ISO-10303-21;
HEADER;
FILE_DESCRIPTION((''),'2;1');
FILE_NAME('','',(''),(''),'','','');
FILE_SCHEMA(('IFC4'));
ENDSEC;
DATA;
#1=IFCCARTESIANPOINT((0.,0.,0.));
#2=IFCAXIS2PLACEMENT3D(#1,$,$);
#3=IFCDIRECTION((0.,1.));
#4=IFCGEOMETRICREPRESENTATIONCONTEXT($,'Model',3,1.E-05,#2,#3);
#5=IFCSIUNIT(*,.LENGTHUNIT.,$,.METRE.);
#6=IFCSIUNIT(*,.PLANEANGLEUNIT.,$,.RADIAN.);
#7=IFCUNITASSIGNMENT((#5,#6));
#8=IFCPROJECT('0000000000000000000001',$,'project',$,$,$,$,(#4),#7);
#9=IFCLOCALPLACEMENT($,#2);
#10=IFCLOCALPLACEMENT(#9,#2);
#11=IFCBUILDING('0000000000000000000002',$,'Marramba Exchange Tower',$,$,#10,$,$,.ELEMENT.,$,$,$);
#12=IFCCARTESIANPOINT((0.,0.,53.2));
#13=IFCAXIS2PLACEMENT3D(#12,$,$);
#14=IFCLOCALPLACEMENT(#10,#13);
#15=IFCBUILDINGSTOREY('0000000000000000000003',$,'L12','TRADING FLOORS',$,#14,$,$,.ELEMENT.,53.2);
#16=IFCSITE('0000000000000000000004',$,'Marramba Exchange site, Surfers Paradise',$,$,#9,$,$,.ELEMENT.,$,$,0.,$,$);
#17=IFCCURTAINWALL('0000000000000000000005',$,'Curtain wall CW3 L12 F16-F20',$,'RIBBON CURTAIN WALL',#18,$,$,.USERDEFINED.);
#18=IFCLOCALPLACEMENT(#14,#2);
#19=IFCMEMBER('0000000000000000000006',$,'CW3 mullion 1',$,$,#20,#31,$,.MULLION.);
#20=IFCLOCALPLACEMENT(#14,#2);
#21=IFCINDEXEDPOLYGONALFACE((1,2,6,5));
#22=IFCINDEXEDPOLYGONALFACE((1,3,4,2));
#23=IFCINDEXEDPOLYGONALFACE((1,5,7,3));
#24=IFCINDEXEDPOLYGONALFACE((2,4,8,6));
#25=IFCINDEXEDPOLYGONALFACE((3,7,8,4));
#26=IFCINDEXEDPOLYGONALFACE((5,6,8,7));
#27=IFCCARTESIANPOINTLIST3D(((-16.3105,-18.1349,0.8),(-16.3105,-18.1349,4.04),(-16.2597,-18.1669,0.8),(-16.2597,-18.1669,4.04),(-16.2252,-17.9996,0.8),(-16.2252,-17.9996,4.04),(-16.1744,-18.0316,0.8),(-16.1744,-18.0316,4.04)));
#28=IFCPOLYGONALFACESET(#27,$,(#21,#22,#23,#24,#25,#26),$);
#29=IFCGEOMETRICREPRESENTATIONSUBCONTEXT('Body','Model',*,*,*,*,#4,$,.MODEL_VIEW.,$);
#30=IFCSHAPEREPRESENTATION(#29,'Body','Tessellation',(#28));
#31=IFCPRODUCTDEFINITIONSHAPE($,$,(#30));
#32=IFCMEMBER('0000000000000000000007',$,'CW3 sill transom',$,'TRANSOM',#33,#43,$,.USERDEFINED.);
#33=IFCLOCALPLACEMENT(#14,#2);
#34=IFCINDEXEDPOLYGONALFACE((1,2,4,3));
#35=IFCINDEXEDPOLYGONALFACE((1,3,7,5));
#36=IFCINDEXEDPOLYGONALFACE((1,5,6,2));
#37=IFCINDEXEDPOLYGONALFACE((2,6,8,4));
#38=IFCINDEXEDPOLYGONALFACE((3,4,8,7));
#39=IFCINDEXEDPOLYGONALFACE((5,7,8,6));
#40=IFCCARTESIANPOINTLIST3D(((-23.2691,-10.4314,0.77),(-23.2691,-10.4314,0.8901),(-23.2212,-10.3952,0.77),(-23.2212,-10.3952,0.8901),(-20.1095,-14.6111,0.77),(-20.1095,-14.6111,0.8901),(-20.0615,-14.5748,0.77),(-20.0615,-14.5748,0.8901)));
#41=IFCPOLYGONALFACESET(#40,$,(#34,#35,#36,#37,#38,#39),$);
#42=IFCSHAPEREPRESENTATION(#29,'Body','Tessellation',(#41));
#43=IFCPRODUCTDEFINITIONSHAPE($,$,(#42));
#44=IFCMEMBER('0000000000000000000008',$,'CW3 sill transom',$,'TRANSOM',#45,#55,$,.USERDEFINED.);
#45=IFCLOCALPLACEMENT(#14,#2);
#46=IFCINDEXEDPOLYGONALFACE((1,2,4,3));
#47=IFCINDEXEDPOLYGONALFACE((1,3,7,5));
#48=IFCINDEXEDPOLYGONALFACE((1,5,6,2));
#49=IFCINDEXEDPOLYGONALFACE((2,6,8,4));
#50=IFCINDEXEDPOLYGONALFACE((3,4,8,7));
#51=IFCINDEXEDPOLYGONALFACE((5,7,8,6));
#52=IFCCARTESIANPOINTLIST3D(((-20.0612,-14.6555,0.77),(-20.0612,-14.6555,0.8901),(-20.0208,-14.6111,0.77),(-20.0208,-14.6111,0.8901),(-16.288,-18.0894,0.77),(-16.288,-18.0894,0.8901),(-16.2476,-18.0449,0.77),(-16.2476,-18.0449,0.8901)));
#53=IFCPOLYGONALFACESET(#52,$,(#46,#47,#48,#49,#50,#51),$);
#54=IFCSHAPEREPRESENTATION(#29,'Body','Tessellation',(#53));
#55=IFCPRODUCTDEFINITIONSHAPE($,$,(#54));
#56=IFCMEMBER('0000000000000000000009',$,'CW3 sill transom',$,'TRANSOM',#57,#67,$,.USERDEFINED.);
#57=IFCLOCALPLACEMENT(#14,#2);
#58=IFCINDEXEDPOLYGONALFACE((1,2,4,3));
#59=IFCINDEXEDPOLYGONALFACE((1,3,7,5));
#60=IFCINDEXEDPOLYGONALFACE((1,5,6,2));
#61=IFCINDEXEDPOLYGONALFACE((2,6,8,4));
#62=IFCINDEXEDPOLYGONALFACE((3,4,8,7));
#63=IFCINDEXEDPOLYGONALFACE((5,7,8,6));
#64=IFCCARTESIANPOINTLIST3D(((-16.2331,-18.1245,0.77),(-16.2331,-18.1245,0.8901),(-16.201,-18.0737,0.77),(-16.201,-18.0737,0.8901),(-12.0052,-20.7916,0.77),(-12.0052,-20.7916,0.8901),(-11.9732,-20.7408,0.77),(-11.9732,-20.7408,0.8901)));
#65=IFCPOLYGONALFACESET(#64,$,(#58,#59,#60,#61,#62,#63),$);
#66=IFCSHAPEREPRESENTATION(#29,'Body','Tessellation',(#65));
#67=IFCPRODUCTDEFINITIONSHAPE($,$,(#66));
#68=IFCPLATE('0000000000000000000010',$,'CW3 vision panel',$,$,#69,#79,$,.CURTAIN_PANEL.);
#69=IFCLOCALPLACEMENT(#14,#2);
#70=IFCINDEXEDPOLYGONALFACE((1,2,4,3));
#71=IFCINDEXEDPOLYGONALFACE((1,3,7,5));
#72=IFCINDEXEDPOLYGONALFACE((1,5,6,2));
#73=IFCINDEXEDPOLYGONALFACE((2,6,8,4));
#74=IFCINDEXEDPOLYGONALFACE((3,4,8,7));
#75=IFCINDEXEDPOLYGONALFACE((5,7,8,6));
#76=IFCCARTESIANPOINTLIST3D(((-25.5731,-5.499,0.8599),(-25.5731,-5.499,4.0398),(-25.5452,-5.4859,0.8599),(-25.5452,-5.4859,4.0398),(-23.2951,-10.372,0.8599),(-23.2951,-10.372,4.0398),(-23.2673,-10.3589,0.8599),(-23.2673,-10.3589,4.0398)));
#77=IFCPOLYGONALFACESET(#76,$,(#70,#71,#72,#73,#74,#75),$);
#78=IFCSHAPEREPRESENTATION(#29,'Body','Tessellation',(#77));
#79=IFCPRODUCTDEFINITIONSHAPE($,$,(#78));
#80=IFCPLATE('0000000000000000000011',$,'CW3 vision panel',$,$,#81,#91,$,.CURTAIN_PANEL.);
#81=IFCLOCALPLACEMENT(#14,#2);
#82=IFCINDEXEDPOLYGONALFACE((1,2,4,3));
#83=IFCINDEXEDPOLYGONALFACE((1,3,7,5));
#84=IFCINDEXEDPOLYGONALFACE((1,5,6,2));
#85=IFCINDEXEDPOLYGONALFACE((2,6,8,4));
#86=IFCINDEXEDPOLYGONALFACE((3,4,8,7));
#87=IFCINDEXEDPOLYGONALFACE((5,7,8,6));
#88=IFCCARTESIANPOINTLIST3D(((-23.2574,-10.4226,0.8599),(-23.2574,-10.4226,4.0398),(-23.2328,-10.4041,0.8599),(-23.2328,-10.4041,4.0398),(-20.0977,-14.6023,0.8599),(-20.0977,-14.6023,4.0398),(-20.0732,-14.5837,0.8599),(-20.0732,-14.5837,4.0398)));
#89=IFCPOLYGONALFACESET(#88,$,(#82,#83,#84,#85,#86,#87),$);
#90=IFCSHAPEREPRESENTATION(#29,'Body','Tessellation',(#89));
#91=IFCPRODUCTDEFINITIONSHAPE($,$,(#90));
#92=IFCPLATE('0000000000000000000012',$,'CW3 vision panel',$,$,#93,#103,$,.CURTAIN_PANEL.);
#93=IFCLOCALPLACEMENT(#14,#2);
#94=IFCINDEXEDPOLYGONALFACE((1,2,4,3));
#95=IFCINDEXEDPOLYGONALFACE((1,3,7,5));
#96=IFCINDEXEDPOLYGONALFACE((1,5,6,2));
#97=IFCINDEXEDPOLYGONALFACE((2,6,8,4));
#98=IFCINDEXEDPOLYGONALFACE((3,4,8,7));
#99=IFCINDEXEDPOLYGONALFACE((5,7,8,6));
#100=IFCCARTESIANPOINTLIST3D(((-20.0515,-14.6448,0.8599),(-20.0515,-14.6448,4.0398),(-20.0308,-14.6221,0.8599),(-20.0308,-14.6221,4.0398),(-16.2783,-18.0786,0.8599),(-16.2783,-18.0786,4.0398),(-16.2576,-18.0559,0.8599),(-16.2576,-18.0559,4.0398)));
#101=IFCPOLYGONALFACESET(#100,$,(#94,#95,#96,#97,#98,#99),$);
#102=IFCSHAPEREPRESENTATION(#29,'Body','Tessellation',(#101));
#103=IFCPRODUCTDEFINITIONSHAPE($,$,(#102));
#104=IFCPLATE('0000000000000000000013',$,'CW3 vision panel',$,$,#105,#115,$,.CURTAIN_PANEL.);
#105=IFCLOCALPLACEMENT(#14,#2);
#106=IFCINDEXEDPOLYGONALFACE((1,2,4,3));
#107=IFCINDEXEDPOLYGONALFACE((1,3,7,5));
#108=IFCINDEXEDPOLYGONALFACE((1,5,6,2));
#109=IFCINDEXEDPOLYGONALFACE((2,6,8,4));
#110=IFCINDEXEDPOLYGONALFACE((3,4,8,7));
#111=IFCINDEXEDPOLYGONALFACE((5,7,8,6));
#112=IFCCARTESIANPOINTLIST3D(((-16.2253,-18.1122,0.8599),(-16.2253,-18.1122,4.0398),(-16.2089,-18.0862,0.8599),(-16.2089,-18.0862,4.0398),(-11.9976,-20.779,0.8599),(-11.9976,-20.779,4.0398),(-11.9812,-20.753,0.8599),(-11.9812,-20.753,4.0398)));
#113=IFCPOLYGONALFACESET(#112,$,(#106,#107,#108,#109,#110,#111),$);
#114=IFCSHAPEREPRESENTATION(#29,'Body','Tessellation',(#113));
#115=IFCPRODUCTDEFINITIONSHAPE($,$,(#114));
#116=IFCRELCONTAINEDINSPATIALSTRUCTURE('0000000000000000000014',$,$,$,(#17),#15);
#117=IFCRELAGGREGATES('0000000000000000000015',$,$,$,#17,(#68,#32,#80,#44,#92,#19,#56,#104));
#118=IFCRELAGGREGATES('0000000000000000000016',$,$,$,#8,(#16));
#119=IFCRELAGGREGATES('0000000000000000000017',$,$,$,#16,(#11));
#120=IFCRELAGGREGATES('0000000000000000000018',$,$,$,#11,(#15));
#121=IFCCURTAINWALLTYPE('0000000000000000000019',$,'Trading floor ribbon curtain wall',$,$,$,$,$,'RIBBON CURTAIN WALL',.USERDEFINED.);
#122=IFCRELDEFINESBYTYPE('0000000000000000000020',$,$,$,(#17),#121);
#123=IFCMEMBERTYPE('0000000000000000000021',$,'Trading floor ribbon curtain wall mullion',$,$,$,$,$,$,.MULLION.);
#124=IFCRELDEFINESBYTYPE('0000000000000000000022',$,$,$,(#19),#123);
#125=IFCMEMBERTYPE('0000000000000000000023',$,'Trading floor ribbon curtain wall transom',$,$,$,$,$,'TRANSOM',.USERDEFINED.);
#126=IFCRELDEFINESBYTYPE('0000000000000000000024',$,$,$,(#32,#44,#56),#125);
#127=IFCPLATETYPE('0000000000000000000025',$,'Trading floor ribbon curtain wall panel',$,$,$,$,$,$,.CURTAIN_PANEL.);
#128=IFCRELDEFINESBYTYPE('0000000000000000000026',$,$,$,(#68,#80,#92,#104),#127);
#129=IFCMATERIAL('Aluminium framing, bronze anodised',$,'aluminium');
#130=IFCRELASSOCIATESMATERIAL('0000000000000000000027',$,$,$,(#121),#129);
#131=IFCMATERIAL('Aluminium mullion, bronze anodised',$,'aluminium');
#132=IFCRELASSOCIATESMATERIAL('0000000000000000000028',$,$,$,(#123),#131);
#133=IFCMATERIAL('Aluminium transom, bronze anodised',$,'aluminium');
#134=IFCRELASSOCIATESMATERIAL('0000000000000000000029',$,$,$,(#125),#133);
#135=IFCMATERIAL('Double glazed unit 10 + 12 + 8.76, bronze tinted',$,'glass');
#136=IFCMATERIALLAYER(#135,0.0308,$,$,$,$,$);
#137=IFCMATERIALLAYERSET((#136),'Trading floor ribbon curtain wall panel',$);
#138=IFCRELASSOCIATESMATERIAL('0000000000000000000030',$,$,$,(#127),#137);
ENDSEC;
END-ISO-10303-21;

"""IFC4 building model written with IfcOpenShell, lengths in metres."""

from ifc_helpers import new_model, si_unit, direction, frame, origin, origin_2d, place, context, subcontext, project, spatial, rectangle, extrude, material, layer, layer_set, material_profile, profile_set, type_object, element, aggregate, save


model = new_model("IFC4")

# Units and contexts
model_context = context("Model", 3, precision=1e-05, world=origin(), true_north=direction((0.0, 1.0)))
body_context = subcontext(model_context, "Body", "Model", "MODEL_VIEW")
ifc_project = project(units=[si_unit("LENGTHUNIT", "METRE"), si_unit("PLANEANGLEUNIT", "RADIAN")], contexts=[model_context])

# Site, building, storey
site_placement = place(None, origin())
site = spatial("IfcSite", under=ifc_project, at=site_placement, Name="Marramba Exchange site, Surfers Paradise", CompositionType="ELEMENT", RefElevation=0.0)
building_placement = place(site_placement, origin())
building = spatial("IfcBuilding", under=site, at=building_placement, Name="Marramba Exchange Tower", CompositionType="ELEMENT")
storey_placement = place(building_placement, frame((0.0, 0.0, 53.2)))
storey = spatial("IfcBuildingStorey", under=building, at=storey_placement, Name="L12", Description="TRADING FLOORS", CompositionType="ELEMENT", Elevation=53.2)

# Curtain wall, members, plates
ifc_material_1 = material(Name="Aluminium framing, bronze anodised", Category="aluminium")
curtain_wall_type = type_object("IfcCurtainWallType", Name="Trading floor ribbon curtain wall", ElementType="RIBBON CURTAIN WALL", PredefinedType="USERDEFINED", material=ifc_material_1)
curtain_wall_placement = place(storey_placement, origin())
curtain_wall = element("IfcCurtainWall", 1, at=curtain_wall_placement, inside=storey, type_object=curtain_wall_type, Name="Curtain wall CW3 L12 F16-F20", ObjectType="RIBBON CURTAIN WALL", PredefinedType="USERDEFINED")
ifc_material_2 = material(Name="Aluminium mullion, bronze anodised", Category="aluminium")
ifc_material_profile_1 = material_profile(ifc_material_2, rectangle(XDim=0.1599, YDim=0.0601, at=origin_2d()), Name="CW3 mullion 60x160")
ifc_profile_set_1 = profile_set([ifc_material_profile_1], Name="Aluminium mullion, bronze anodised")
member_type_1 = type_object("IfcMemberType", Name="Trading floor ribbon curtain wall mullion", PredefinedType="MULLION", material=ifc_profile_set_1)
member_1_placement = place(storey_placement, frame((-16.2424, -18.0833, 0.8), z_axis=(0.0, 0.0, 1.0), x_axis=(0.533515, 0.845791, 0.0)))
member_1 = element("IfcMember", 2, at=member_1_placement, type_object=member_type_1, Name="CW3 mullion 1", PredefinedType="MULLION", context=body_context, shape_type="SweptSolid", body=[
    extrude(rectangle(XDim=0.1599, YDim=0.0601, at=origin_2d()), origin(), (0.0, 0.0, 1.0), 3.24),
])
ifc_material_3 = material(Name="Aluminium transom, bronze anodised", Category="aluminium")
ifc_material_profile_2 = material_profile(ifc_material_3, rectangle(XDim=0.0601, YDim=0.1201, at=origin_2d()), Name="CW3 transom 60x120")
ifc_profile_set_2 = profile_set([ifc_material_profile_2], Name="Aluminium transom, bronze anodised")
member_type_2 = type_object("IfcMemberType", Name="Trading floor ribbon curtain wall transom", ElementType="TRANSOM", PredefinedType="USERDEFINED", material=ifc_profile_set_2)
member_2_placement = place(storey_placement, frame((-23.2451, -10.4133, 0.8301), z_axis=(0.603037, -0.797713, 0.0), x_axis=(0.797713, 0.603037, 0.0)))
member_2 = element("IfcMember", 3, at=member_2_placement, type_object=member_type_2, Name="CW3 sill transom", ObjectType="TRANSOM", PredefinedType="USERDEFINED", context=body_context, shape_type="SweptSolid", body=[
    extrude(rectangle(XDim=0.0601, YDim=0.1201, at=origin_2d()), origin(), (0.0, 0.0, 1.0), 5.2395),
])
member_3_placement = place(storey_placement, frame((-20.041, -14.6333, 0.8301), z_axis=(0.739583, -0.673066, 0.0), x_axis=(0.673066, 0.739583, 0.0)))
member_3 = element("IfcMember", 4, at=member_3_placement, type_object=member_type_2, Name="CW3 sill transom", ObjectType="TRANSOM", PredefinedType="USERDEFINED", context=body_context, shape_type="SweptSolid", body=[
    extrude(rectangle(XDim=0.0601, YDim=0.1201, at=origin_2d()), origin(), (0.0, 0.0, 1.0), 5.1018),
])
member_4_placement = place(storey_placement, frame((-16.217, -18.0991, 0.8301), z_axis=(0.845777, -0.533537, 0.0), x_axis=(0.533537, 0.845777, 0.0)))
member_4 = element("IfcMember", 5, at=member_4_placement, type_object=member_type_2, Name="CW3 sill transom", ObjectType="TRANSOM", PredefinedType="USERDEFINED", context=body_context, shape_type="SweptSolid", body=[
    extrude(rectangle(XDim=0.0601, YDim=0.1201, at=origin_2d()), origin(), (0.0, 0.0, 1.0), 4.9988),
])
ifc_material_4 = material(Name="Double glazed unit 10 + 12 + 8.76, bronze tinted", Category="glass")
ifc_layer_1 = layer(ifc_material_4, 0.0308)
ifc_layer_set_1 = layer_set([ifc_layer_1], Name="Trading floor ribbon curtain wall panel")
plate_type = type_object("IfcPlateType", Name="Trading floor ribbon curtain wall panel", PredefinedType="CURTAIN_PANEL", material=ifc_layer_set_1)
plate_1_placement = place(storey_placement, frame((-24.4202, -7.929, 0.8599), z_axis=(0.0, 0.0, 1.0), x_axis=(0.423477, -0.905907, 0.0)))
plate_1 = element("IfcPlate", 6, at=plate_1_placement, type_object=plate_type, Name="CW3 vision panel", PredefinedType="CURTAIN_PANEL", context=body_context, shape_type="SweptSolid", body=[
    extrude(rectangle(XDim=5.3792, YDim=0.0308, at=origin_2d()), origin(), (0.0, 0.0, 1.0), 3.1799),
])
plate_2_placement = place(storey_placement, frame((-21.6653, -12.5032, 0.8599), z_axis=(0.0, 0.0, 1.0), x_axis=(0.60304, -0.797711, 0.0)))
plate_2 = element("IfcPlate", 7, at=plate_2_placement, type_object=plate_type, Name="CW3 vision panel", PredefinedType="CURTAIN_PANEL", context=body_context, shape_type="SweptSolid", body=[
    extrude(rectangle(XDim=5.2395, YDim=0.0308, at=origin_2d()), origin(), (0.0, 0.0, 1.0), 3.1799),
])
plate_3_placement = place(storey_placement, frame((-18.1545, -16.3503, 0.8599), z_axis=(0.0, 0.0, 1.0), x_axis=(0.73959, -0.673058, 0.0)))
plate_3 = element("IfcPlate", 8, at=plate_3_placement, type_object=plate_type, Name="CW3 vision panel", PredefinedType="CURTAIN_PANEL", context=body_context, shape_type="SweptSolid", body=[
    extrude(rectangle(XDim=5.1018, YDim=0.0308, at=origin_2d()), origin(), (0.0, 0.0, 1.0), 3.1799),
])
plate_4_placement = place(storey_placement, frame((-14.1033, -19.4326, 0.8599), z_axis=(0.0, 0.0, 1.0), x_axis=(0.845791, -0.533515, 0.0)))
plate_4 = element("IfcPlate", 9, at=plate_4_placement, type_object=plate_type, Name="CW3 vision panel", PredefinedType="CURTAIN_PANEL", context=body_context, shape_type="SweptSolid", body=[
    extrude(rectangle(XDim=4.9985, YDim=0.0308, at=origin_2d()), origin(), (0.0, 0.0, 1.0), 3.1799),
])
aggregate(curtain_wall, [plate_1, member_2, plate_2, member_3, plate_3, member_1, member_4, plate_4])

save(model, "model.ifc")
